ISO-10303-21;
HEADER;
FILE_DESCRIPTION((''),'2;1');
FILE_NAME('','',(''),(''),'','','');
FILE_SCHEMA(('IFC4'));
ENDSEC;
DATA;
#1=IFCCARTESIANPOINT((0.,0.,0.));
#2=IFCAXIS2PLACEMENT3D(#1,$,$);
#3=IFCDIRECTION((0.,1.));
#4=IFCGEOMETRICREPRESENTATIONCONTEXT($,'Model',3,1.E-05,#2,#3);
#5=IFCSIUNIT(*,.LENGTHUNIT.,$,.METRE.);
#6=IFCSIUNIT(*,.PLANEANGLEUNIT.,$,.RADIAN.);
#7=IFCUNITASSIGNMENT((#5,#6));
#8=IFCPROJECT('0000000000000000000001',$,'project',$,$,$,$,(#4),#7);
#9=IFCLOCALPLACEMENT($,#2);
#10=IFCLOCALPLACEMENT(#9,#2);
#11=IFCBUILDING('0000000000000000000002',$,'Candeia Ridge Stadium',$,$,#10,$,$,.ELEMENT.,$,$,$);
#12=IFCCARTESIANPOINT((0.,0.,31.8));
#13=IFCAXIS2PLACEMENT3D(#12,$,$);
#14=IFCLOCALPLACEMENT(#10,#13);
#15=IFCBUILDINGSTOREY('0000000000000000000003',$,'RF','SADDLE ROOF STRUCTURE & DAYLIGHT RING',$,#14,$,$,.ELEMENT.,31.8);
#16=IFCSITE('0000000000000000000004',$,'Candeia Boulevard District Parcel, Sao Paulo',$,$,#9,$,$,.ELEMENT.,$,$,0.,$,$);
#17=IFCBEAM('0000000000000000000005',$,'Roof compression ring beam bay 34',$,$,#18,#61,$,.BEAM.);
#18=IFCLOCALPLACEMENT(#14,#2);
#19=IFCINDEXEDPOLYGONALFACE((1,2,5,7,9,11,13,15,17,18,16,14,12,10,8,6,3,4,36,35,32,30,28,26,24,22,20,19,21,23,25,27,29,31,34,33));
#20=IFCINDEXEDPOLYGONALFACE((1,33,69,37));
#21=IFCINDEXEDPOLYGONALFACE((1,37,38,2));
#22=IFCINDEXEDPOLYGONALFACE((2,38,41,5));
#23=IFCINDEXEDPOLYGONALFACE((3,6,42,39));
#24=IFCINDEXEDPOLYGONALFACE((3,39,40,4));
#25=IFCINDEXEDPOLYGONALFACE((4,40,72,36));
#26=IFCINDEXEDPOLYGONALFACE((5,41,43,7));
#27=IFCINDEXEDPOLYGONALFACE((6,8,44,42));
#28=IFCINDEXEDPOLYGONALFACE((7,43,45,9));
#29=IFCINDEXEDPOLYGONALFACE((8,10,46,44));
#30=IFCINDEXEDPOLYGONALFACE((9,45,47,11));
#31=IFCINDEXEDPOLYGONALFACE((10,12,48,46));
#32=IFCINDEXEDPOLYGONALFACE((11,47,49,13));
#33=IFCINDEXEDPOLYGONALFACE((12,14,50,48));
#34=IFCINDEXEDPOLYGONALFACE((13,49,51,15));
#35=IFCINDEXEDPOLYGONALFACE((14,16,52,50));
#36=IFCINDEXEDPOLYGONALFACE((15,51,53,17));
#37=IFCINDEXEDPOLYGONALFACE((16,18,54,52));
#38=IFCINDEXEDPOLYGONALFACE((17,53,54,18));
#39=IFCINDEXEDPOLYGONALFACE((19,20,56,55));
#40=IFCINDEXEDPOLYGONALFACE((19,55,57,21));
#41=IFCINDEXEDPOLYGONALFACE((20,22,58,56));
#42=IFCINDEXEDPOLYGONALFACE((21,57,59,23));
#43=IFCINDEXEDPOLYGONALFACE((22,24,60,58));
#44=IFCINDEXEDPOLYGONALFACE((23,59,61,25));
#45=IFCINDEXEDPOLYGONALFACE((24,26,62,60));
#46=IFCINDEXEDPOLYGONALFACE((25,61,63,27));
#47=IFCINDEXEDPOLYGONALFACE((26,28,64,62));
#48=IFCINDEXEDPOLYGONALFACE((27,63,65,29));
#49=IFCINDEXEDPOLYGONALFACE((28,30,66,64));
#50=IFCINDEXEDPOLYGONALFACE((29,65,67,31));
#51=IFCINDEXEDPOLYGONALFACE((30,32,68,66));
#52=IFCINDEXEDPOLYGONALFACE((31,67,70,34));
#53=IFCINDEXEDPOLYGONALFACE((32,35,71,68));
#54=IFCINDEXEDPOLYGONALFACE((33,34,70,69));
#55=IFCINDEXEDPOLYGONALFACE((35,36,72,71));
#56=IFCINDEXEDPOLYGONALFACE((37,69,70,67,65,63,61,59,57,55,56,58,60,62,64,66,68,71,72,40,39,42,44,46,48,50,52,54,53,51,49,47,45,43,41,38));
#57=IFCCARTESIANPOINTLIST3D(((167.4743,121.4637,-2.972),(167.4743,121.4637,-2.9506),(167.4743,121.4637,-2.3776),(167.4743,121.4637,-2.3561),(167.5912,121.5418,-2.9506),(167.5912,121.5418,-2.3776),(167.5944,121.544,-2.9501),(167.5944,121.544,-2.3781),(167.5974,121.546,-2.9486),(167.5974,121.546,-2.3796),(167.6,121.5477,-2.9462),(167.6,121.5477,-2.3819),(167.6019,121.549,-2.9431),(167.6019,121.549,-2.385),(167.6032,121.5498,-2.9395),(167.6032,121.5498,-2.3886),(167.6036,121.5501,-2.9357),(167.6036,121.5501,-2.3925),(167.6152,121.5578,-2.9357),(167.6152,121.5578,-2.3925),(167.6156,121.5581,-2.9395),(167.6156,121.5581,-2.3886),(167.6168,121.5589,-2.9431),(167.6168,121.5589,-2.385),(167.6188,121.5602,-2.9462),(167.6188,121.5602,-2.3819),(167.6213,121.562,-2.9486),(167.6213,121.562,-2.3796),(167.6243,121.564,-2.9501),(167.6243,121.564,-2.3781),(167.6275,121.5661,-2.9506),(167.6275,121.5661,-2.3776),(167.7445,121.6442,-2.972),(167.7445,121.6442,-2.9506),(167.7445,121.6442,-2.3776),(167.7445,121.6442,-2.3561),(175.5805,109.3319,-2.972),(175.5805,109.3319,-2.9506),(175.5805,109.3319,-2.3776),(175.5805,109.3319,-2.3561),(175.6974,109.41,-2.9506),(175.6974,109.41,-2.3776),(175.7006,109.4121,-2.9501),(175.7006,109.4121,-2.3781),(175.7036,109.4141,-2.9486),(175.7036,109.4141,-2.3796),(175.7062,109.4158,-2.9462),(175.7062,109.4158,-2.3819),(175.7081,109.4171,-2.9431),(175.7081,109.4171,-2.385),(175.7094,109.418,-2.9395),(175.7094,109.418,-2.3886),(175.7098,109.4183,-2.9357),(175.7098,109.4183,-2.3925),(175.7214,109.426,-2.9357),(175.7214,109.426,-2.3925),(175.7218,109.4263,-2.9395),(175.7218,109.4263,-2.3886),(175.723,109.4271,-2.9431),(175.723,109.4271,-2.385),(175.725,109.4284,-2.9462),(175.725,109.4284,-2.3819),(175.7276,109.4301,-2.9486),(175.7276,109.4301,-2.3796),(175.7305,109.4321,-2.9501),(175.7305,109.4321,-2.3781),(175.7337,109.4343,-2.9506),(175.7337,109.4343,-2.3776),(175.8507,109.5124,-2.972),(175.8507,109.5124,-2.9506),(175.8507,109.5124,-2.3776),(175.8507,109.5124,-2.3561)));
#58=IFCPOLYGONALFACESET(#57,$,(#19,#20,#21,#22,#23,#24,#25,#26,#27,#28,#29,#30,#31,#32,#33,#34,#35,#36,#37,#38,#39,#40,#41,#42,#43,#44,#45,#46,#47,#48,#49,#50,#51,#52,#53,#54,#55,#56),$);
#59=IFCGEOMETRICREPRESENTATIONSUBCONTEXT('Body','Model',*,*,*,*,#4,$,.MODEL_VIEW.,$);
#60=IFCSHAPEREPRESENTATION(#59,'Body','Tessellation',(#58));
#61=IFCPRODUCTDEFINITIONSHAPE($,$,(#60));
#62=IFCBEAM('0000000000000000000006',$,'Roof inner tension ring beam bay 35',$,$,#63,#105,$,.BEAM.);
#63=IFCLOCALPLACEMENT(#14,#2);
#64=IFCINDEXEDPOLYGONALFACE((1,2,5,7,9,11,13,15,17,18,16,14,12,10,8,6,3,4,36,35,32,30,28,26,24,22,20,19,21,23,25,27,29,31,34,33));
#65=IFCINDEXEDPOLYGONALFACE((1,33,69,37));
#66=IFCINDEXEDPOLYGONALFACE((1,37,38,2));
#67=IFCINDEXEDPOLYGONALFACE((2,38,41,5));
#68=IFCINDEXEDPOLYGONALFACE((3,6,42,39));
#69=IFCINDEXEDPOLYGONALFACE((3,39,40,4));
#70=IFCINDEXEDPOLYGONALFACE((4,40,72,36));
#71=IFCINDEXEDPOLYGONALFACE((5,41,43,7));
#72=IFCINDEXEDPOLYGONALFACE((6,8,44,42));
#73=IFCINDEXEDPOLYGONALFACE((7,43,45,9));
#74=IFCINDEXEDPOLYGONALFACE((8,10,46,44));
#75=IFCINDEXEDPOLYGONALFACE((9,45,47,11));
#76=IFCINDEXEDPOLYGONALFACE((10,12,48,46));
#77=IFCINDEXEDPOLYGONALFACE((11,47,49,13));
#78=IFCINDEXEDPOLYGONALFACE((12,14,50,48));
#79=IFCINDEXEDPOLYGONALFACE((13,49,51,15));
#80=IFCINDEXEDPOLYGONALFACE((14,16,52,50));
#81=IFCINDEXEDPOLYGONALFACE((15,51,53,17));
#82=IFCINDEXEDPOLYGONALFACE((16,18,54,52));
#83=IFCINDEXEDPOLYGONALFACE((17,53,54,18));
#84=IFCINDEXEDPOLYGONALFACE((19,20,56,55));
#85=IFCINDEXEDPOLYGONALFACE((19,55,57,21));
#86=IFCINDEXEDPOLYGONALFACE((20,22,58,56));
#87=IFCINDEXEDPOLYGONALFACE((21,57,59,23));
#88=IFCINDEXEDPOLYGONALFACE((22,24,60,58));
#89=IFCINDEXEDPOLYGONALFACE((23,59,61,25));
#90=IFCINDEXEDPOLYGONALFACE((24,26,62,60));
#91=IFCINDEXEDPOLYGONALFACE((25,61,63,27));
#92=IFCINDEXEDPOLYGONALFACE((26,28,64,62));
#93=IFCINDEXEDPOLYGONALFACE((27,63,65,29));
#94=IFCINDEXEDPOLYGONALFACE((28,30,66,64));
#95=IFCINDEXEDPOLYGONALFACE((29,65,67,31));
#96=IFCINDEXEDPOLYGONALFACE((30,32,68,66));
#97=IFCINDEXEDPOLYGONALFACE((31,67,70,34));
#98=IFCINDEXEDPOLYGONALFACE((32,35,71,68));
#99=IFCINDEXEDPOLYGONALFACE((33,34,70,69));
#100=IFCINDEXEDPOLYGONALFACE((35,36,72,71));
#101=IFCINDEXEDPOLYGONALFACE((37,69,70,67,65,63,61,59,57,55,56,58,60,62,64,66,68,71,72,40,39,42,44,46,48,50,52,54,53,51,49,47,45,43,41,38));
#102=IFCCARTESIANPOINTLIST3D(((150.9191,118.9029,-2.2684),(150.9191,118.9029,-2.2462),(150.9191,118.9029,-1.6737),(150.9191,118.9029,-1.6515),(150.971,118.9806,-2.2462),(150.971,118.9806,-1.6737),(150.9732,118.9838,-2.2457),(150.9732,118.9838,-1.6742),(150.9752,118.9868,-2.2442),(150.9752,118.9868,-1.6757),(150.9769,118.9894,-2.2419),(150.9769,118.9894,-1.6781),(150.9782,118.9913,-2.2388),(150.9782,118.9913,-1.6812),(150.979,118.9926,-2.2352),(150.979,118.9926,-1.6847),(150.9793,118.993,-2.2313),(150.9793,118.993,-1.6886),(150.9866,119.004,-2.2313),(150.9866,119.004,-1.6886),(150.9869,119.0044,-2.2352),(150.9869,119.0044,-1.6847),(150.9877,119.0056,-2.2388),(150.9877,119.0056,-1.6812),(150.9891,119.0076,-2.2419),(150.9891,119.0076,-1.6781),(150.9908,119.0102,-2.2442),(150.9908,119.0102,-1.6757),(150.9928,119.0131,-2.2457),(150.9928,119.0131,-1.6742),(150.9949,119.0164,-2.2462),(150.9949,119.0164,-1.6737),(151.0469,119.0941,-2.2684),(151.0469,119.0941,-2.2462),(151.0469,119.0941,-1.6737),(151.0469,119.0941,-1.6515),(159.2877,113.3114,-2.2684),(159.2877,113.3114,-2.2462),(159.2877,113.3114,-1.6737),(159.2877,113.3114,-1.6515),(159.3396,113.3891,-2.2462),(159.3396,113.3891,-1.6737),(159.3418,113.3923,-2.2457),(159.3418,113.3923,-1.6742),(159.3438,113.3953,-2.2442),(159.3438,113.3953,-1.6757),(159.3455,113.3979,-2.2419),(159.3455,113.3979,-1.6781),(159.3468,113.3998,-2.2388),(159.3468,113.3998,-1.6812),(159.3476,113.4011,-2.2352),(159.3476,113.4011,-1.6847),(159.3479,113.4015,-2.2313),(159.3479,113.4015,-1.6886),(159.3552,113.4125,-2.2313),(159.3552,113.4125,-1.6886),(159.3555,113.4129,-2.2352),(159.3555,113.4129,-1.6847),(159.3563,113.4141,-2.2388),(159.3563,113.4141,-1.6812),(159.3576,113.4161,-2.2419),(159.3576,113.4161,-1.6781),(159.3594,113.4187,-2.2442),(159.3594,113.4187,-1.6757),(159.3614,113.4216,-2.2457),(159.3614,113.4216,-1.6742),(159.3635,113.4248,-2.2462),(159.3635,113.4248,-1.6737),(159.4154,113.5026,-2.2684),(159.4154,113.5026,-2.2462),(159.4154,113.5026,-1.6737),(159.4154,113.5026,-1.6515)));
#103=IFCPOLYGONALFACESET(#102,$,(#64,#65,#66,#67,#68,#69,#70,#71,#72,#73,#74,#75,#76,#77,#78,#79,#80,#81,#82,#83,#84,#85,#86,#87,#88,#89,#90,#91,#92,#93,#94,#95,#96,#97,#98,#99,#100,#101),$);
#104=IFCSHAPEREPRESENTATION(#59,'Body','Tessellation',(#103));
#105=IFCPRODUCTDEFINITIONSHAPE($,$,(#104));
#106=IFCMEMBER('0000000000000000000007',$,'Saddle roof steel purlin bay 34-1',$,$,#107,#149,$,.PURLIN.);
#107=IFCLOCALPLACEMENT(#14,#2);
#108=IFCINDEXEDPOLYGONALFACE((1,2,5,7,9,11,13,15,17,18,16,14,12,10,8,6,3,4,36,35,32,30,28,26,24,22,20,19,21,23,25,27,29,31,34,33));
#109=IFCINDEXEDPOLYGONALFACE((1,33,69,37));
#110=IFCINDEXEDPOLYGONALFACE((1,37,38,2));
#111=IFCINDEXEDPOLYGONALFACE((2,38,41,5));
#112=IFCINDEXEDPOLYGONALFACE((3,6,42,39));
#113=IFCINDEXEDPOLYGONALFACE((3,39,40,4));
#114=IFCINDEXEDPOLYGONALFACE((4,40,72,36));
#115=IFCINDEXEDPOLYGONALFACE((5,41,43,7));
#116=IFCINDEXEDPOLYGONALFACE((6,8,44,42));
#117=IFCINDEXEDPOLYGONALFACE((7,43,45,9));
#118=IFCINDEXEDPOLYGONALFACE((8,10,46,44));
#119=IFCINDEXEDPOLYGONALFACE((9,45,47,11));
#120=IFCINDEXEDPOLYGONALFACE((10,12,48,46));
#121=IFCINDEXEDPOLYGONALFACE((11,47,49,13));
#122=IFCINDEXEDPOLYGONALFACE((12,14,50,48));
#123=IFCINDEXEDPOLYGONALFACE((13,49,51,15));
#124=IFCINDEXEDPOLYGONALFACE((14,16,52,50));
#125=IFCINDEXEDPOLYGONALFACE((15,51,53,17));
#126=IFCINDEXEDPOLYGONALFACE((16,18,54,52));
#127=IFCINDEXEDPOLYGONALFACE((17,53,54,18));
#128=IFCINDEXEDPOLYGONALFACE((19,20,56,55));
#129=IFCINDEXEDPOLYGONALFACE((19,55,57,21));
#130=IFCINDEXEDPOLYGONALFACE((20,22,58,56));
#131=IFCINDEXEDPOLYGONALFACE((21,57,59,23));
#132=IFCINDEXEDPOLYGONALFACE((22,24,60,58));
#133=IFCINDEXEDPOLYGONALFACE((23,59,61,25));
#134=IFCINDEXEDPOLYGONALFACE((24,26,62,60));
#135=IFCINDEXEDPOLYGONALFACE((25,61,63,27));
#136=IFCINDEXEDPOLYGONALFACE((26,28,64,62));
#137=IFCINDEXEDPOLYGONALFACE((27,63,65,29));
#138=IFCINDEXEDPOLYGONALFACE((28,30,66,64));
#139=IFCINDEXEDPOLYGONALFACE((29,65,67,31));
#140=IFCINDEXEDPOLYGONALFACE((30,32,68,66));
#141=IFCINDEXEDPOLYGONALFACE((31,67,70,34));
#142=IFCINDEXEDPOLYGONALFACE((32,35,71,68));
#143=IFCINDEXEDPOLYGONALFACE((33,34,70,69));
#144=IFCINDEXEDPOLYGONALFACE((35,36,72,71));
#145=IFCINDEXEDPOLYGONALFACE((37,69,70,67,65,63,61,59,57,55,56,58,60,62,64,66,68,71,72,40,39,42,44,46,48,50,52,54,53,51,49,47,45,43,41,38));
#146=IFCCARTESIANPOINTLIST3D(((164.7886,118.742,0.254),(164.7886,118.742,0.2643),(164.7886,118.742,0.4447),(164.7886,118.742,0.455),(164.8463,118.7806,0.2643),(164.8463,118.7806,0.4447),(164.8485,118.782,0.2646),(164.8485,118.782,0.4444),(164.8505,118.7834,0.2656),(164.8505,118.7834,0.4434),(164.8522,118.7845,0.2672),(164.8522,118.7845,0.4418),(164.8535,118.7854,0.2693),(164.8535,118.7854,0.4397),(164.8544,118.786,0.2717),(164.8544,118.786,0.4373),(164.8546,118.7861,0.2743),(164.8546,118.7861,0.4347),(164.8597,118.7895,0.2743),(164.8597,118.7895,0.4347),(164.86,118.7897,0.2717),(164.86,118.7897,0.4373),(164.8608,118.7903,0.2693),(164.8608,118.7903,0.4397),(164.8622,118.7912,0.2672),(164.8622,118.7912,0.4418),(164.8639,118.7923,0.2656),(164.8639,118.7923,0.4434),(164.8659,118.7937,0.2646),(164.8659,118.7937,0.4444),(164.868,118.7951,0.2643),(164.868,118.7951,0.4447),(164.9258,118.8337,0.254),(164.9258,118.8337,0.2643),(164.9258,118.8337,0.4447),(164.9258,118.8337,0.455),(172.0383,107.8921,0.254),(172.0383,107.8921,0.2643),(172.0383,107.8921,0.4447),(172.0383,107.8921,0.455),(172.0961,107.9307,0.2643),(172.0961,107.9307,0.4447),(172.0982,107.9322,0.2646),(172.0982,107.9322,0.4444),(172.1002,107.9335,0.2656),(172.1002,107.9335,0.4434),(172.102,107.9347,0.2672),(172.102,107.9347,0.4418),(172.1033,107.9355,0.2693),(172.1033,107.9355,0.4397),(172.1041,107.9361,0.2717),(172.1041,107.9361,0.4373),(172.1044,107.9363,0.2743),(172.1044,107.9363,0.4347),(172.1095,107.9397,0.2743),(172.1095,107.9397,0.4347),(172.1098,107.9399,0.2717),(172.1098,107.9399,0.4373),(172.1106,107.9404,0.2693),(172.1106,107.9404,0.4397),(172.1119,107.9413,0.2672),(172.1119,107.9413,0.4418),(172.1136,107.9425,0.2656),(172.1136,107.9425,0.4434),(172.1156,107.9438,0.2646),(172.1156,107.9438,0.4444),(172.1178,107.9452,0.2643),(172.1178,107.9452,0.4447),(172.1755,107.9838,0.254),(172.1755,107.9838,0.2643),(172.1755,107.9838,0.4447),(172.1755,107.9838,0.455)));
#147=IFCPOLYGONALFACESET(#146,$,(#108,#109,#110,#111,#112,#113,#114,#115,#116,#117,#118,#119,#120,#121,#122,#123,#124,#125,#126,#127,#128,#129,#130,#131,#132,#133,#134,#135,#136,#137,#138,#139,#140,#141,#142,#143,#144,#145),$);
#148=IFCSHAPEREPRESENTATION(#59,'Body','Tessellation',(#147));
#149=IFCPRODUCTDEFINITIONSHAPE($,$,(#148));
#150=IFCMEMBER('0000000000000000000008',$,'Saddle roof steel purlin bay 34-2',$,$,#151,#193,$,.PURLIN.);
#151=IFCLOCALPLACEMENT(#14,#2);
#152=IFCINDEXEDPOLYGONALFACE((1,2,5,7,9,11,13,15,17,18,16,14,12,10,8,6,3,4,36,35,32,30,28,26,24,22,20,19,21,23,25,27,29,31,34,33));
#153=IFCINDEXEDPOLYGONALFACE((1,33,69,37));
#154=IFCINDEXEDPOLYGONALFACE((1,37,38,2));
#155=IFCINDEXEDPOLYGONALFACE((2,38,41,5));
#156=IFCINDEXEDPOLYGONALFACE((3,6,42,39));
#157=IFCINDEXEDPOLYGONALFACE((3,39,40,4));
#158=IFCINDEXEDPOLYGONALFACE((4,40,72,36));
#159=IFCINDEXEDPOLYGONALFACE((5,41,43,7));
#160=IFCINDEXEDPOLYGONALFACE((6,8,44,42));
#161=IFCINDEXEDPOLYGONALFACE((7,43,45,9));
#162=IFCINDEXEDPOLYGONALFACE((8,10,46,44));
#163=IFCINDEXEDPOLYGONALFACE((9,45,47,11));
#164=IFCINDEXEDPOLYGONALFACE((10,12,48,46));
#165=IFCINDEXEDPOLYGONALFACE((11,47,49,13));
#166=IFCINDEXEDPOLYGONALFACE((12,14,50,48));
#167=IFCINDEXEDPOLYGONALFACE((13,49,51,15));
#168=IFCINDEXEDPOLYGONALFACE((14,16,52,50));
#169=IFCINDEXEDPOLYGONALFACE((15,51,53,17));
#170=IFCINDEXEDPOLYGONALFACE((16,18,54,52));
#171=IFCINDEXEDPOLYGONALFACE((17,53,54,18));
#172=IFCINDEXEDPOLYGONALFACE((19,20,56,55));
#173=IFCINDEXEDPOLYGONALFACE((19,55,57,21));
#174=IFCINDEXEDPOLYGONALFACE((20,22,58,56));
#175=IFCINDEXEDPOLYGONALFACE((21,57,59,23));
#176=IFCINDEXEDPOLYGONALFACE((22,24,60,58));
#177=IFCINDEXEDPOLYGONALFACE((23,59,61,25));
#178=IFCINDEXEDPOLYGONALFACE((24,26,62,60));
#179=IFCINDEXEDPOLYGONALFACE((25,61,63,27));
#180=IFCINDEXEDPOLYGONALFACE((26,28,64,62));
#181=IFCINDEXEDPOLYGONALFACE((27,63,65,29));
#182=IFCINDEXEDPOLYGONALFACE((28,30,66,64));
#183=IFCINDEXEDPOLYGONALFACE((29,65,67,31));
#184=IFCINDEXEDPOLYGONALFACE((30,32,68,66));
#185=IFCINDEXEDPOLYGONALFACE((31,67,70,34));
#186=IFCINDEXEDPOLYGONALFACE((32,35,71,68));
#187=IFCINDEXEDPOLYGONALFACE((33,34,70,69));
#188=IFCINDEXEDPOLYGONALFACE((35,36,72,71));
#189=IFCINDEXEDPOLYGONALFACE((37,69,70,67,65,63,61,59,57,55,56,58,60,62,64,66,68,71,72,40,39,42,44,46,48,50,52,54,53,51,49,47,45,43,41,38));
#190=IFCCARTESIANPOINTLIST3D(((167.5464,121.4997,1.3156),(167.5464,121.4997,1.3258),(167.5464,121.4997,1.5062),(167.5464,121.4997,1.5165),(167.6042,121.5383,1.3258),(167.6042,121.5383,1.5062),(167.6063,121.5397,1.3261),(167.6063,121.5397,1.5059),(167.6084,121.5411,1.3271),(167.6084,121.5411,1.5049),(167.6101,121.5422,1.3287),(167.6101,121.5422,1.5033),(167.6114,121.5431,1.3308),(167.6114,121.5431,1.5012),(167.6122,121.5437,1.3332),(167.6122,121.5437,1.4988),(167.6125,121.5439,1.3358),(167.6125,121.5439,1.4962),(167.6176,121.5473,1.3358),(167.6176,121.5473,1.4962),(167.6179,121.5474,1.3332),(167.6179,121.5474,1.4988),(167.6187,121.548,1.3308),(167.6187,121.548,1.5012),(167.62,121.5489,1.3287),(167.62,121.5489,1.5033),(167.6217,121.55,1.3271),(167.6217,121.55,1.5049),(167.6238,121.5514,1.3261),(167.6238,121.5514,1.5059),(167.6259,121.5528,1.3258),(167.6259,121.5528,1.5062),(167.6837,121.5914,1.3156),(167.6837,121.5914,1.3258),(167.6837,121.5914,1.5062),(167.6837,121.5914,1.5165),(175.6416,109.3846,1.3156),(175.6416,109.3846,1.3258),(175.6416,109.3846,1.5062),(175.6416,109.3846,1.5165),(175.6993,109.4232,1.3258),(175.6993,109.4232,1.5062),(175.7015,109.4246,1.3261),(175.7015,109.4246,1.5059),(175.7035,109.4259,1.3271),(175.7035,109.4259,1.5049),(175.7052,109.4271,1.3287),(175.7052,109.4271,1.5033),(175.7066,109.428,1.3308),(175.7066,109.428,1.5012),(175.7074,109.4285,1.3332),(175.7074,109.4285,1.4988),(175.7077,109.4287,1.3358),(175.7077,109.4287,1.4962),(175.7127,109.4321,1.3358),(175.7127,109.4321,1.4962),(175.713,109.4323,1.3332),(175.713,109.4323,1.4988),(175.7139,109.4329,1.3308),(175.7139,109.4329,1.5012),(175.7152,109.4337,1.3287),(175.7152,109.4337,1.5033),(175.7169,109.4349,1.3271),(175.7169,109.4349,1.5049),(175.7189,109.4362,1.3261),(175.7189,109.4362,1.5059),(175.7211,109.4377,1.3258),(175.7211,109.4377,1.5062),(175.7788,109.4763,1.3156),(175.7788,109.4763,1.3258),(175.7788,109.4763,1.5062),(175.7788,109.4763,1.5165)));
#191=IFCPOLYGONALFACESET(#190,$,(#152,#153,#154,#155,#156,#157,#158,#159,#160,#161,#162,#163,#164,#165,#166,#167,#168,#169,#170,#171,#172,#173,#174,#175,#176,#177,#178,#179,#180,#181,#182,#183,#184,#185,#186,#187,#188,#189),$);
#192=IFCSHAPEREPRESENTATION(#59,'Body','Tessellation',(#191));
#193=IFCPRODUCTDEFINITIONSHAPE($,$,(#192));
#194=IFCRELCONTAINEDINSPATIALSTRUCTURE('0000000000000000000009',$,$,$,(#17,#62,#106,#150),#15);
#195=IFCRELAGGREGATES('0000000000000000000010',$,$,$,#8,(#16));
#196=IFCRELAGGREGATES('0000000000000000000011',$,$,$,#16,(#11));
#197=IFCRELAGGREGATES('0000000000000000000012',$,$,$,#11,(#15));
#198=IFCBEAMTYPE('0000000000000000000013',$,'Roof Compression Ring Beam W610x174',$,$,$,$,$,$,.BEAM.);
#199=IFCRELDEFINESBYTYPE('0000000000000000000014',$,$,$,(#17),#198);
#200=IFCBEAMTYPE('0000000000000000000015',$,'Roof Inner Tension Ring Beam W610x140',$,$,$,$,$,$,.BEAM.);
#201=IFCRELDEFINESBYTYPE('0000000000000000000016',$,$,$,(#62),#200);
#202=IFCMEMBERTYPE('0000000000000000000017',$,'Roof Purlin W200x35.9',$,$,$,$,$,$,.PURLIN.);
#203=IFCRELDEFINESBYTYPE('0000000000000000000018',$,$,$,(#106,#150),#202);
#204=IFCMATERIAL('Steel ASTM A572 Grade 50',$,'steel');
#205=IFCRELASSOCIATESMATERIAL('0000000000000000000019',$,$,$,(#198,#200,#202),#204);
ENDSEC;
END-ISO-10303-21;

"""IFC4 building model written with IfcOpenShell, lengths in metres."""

from ifc_helpers import new_model, si_unit, direction, frame, origin, origin_2d, place, context, subcontext, project, spatial, i_section, extrude, material, material_profile, profile_set, type_object, element, save


model = new_model("IFC4")

# Units and contexts
model_context = context("Model", 3, precision=1e-05, world=origin(), true_north=direction((0.0, 1.0)))
body_context = subcontext(model_context, "Body", "Model", "MODEL_VIEW")
ifc_project = project(units=[si_unit("LENGTHUNIT", "METRE"), si_unit("PLANEANGLEUNIT", "RADIAN")], contexts=[model_context])

# Site, building, storey
site_placement = place(None, origin())
site = spatial("IfcSite", under=ifc_project, at=site_placement, Name="Candeia Boulevard District Parcel, Sao Paulo", CompositionType="ELEMENT", RefElevation=0.0)
building_placement = place(site_placement, origin())
building = spatial("IfcBuilding", under=site, at=building_placement, Name="Candeia Ridge Stadium", CompositionType="ELEMENT")
storey_placement = place(building_placement, frame((0.0, 0.0, 31.8)))
storey = spatial("IfcBuildingStorey", under=building, at=storey_placement, Name="RF", Description="SADDLE ROOF STRUCTURE & DAYLIGHT RING", CompositionType="ELEMENT", Elevation=31.8)

# Beams
ifc_material_1 = material(Name="Steel ASTM A572 Grade 50", Category="steel")
ifc_material_profile_1 = material_profile(ifc_material_1, i_section(OverallWidth=0.325, OverallDepth=0.616, WebThickness=0.0139, FlangeThickness=0.0215, FilletRadius=0.0149, at=origin_2d()), Name="W610x174", Category="steel")
ifc_profile_set_1 = profile_set([ifc_material_profile_1], Name="Steel ASTM A572 Grade 50")
beam_type_1 = type_object("IfcBeamType", Name="Roof Compression Ring Beam W610x174", PredefinedType="BEAM", material=ifc_profile_set_1)
beam_1_placement = place(storey_placement, frame((175.7156, 109.4221, -2.6641), z_axis=(-0.555569, 0.831471, 0.0), x_axis=(-0.831471, -0.555569, 0.0)))
element("IfcBeam", 1, at=beam_1_placement, inside=storey, type_object=beam_type_1, Name="Roof compression ring beam bay 34", PredefinedType="BEAM", context=body_context, shape_type="SweptSolid", body=[
    extrude(i_section(OverallWidth=0.325, OverallDepth=0.616, WebThickness=0.0139, FlangeThickness=0.0215, FilletRadius=0.0149, at=origin_2d()), origin(), (0.0, 0.0, 1.0), 14.5908),
])
ifc_material_profile_2 = material_profile(ifc_material_1, i_section(OverallWidth=0.23, OverallDepth=0.6169, WebThickness=0.0132, FlangeThickness=0.0222, FilletRadius=0.0149, at=origin_2d()), Name="W610x140", Category="steel")
ifc_profile_set_2 = profile_set([ifc_material_profile_2], Name="Steel ASTM A572 Grade 50")
beam_type_2 = type_object("IfcBeamType", Name="Roof Inner Tension Ring Beam W610x140", PredefinedType="BEAM", material=ifc_profile_set_2)
beam_2_placement = place(storey_placement, frame((159.3516, 113.407, -1.96), z_axis=(-0.831479, 0.555556, 0.0), x_axis=(-0.555556, -0.831479, 0.0)))
element("IfcBeam", 2, at=beam_2_placement, inside=storey, type_object=beam_type_2, Name="Roof inner tension ring beam bay 35", PredefinedType="BEAM", context=body_context, shape_type="SweptSolid", body=[
    extrude(i_section(OverallWidth=0.23, OverallDepth=0.6169, WebThickness=0.0132, FlangeThickness=0.0222, FilletRadius=0.0149, at=origin_2d()), origin(), (0.0, 0.0, 1.0), 10.0647),
])

# Members
ifc_material_profile_3 = material_profile(ifc_material_1, i_section(OverallWidth=0.165, OverallDepth=0.2009, WebThickness=0.0061, FlangeThickness=0.0103, FilletRadius=0.01, at=origin_2d()), Name="W200x35.9", Category="steel")
ifc_profile_set_3 = profile_set([ifc_material_profile_3], Name="Steel ASTM A572 Grade 50")
member_type_1 = type_object("IfcMemberType", Name="Roof Purlin W200x35.9", PredefinedType="PURLIN", material=ifc_profile_set_3)
member_1_placement = place(storey_placement, frame((172.1069, 107.938, 0.3545), z_axis=(-0.555576, 0.831466, 0.0), x_axis=(-0.831466, -0.555576, 0.0)))
element("IfcMember", 3, at=member_1_placement, inside=storey, type_object=member_type_1, Name="Saddle roof steel purlin bay 34-1", PredefinedType="PURLIN", context=body_context, shape_type="SweptSolid", body=[
    extrude(i_section(OverallWidth=0.165, OverallDepth=0.2009, WebThickness=0.0061, FlangeThickness=0.0103, FilletRadius=0.01, at=origin_2d()), origin(), (0.0, 0.0, 1.0), 13.0491),
])
member_2_placement = place(storey_placement, frame((175.7102, 109.4304, 1.416), z_axis=(-0.555574, 0.831467, 0.0), x_axis=(-0.831467, -0.555574, 0.0)))
element("IfcMember", 4, at=member_2_placement, inside=storey, type_object=member_type_1, Name="Saddle roof steel purlin bay 34-2", PredefinedType="PURLIN", context=body_context, shape_type="SweptSolid", body=[
    extrude(i_section(OverallWidth=0.165, OverallDepth=0.2009, WebThickness=0.0061, FlangeThickness=0.0103, FilletRadius=0.01, at=origin_2d()), origin(), (0.0, 0.0, 1.0), 14.5708),
])

save(model, "model.ifc")
